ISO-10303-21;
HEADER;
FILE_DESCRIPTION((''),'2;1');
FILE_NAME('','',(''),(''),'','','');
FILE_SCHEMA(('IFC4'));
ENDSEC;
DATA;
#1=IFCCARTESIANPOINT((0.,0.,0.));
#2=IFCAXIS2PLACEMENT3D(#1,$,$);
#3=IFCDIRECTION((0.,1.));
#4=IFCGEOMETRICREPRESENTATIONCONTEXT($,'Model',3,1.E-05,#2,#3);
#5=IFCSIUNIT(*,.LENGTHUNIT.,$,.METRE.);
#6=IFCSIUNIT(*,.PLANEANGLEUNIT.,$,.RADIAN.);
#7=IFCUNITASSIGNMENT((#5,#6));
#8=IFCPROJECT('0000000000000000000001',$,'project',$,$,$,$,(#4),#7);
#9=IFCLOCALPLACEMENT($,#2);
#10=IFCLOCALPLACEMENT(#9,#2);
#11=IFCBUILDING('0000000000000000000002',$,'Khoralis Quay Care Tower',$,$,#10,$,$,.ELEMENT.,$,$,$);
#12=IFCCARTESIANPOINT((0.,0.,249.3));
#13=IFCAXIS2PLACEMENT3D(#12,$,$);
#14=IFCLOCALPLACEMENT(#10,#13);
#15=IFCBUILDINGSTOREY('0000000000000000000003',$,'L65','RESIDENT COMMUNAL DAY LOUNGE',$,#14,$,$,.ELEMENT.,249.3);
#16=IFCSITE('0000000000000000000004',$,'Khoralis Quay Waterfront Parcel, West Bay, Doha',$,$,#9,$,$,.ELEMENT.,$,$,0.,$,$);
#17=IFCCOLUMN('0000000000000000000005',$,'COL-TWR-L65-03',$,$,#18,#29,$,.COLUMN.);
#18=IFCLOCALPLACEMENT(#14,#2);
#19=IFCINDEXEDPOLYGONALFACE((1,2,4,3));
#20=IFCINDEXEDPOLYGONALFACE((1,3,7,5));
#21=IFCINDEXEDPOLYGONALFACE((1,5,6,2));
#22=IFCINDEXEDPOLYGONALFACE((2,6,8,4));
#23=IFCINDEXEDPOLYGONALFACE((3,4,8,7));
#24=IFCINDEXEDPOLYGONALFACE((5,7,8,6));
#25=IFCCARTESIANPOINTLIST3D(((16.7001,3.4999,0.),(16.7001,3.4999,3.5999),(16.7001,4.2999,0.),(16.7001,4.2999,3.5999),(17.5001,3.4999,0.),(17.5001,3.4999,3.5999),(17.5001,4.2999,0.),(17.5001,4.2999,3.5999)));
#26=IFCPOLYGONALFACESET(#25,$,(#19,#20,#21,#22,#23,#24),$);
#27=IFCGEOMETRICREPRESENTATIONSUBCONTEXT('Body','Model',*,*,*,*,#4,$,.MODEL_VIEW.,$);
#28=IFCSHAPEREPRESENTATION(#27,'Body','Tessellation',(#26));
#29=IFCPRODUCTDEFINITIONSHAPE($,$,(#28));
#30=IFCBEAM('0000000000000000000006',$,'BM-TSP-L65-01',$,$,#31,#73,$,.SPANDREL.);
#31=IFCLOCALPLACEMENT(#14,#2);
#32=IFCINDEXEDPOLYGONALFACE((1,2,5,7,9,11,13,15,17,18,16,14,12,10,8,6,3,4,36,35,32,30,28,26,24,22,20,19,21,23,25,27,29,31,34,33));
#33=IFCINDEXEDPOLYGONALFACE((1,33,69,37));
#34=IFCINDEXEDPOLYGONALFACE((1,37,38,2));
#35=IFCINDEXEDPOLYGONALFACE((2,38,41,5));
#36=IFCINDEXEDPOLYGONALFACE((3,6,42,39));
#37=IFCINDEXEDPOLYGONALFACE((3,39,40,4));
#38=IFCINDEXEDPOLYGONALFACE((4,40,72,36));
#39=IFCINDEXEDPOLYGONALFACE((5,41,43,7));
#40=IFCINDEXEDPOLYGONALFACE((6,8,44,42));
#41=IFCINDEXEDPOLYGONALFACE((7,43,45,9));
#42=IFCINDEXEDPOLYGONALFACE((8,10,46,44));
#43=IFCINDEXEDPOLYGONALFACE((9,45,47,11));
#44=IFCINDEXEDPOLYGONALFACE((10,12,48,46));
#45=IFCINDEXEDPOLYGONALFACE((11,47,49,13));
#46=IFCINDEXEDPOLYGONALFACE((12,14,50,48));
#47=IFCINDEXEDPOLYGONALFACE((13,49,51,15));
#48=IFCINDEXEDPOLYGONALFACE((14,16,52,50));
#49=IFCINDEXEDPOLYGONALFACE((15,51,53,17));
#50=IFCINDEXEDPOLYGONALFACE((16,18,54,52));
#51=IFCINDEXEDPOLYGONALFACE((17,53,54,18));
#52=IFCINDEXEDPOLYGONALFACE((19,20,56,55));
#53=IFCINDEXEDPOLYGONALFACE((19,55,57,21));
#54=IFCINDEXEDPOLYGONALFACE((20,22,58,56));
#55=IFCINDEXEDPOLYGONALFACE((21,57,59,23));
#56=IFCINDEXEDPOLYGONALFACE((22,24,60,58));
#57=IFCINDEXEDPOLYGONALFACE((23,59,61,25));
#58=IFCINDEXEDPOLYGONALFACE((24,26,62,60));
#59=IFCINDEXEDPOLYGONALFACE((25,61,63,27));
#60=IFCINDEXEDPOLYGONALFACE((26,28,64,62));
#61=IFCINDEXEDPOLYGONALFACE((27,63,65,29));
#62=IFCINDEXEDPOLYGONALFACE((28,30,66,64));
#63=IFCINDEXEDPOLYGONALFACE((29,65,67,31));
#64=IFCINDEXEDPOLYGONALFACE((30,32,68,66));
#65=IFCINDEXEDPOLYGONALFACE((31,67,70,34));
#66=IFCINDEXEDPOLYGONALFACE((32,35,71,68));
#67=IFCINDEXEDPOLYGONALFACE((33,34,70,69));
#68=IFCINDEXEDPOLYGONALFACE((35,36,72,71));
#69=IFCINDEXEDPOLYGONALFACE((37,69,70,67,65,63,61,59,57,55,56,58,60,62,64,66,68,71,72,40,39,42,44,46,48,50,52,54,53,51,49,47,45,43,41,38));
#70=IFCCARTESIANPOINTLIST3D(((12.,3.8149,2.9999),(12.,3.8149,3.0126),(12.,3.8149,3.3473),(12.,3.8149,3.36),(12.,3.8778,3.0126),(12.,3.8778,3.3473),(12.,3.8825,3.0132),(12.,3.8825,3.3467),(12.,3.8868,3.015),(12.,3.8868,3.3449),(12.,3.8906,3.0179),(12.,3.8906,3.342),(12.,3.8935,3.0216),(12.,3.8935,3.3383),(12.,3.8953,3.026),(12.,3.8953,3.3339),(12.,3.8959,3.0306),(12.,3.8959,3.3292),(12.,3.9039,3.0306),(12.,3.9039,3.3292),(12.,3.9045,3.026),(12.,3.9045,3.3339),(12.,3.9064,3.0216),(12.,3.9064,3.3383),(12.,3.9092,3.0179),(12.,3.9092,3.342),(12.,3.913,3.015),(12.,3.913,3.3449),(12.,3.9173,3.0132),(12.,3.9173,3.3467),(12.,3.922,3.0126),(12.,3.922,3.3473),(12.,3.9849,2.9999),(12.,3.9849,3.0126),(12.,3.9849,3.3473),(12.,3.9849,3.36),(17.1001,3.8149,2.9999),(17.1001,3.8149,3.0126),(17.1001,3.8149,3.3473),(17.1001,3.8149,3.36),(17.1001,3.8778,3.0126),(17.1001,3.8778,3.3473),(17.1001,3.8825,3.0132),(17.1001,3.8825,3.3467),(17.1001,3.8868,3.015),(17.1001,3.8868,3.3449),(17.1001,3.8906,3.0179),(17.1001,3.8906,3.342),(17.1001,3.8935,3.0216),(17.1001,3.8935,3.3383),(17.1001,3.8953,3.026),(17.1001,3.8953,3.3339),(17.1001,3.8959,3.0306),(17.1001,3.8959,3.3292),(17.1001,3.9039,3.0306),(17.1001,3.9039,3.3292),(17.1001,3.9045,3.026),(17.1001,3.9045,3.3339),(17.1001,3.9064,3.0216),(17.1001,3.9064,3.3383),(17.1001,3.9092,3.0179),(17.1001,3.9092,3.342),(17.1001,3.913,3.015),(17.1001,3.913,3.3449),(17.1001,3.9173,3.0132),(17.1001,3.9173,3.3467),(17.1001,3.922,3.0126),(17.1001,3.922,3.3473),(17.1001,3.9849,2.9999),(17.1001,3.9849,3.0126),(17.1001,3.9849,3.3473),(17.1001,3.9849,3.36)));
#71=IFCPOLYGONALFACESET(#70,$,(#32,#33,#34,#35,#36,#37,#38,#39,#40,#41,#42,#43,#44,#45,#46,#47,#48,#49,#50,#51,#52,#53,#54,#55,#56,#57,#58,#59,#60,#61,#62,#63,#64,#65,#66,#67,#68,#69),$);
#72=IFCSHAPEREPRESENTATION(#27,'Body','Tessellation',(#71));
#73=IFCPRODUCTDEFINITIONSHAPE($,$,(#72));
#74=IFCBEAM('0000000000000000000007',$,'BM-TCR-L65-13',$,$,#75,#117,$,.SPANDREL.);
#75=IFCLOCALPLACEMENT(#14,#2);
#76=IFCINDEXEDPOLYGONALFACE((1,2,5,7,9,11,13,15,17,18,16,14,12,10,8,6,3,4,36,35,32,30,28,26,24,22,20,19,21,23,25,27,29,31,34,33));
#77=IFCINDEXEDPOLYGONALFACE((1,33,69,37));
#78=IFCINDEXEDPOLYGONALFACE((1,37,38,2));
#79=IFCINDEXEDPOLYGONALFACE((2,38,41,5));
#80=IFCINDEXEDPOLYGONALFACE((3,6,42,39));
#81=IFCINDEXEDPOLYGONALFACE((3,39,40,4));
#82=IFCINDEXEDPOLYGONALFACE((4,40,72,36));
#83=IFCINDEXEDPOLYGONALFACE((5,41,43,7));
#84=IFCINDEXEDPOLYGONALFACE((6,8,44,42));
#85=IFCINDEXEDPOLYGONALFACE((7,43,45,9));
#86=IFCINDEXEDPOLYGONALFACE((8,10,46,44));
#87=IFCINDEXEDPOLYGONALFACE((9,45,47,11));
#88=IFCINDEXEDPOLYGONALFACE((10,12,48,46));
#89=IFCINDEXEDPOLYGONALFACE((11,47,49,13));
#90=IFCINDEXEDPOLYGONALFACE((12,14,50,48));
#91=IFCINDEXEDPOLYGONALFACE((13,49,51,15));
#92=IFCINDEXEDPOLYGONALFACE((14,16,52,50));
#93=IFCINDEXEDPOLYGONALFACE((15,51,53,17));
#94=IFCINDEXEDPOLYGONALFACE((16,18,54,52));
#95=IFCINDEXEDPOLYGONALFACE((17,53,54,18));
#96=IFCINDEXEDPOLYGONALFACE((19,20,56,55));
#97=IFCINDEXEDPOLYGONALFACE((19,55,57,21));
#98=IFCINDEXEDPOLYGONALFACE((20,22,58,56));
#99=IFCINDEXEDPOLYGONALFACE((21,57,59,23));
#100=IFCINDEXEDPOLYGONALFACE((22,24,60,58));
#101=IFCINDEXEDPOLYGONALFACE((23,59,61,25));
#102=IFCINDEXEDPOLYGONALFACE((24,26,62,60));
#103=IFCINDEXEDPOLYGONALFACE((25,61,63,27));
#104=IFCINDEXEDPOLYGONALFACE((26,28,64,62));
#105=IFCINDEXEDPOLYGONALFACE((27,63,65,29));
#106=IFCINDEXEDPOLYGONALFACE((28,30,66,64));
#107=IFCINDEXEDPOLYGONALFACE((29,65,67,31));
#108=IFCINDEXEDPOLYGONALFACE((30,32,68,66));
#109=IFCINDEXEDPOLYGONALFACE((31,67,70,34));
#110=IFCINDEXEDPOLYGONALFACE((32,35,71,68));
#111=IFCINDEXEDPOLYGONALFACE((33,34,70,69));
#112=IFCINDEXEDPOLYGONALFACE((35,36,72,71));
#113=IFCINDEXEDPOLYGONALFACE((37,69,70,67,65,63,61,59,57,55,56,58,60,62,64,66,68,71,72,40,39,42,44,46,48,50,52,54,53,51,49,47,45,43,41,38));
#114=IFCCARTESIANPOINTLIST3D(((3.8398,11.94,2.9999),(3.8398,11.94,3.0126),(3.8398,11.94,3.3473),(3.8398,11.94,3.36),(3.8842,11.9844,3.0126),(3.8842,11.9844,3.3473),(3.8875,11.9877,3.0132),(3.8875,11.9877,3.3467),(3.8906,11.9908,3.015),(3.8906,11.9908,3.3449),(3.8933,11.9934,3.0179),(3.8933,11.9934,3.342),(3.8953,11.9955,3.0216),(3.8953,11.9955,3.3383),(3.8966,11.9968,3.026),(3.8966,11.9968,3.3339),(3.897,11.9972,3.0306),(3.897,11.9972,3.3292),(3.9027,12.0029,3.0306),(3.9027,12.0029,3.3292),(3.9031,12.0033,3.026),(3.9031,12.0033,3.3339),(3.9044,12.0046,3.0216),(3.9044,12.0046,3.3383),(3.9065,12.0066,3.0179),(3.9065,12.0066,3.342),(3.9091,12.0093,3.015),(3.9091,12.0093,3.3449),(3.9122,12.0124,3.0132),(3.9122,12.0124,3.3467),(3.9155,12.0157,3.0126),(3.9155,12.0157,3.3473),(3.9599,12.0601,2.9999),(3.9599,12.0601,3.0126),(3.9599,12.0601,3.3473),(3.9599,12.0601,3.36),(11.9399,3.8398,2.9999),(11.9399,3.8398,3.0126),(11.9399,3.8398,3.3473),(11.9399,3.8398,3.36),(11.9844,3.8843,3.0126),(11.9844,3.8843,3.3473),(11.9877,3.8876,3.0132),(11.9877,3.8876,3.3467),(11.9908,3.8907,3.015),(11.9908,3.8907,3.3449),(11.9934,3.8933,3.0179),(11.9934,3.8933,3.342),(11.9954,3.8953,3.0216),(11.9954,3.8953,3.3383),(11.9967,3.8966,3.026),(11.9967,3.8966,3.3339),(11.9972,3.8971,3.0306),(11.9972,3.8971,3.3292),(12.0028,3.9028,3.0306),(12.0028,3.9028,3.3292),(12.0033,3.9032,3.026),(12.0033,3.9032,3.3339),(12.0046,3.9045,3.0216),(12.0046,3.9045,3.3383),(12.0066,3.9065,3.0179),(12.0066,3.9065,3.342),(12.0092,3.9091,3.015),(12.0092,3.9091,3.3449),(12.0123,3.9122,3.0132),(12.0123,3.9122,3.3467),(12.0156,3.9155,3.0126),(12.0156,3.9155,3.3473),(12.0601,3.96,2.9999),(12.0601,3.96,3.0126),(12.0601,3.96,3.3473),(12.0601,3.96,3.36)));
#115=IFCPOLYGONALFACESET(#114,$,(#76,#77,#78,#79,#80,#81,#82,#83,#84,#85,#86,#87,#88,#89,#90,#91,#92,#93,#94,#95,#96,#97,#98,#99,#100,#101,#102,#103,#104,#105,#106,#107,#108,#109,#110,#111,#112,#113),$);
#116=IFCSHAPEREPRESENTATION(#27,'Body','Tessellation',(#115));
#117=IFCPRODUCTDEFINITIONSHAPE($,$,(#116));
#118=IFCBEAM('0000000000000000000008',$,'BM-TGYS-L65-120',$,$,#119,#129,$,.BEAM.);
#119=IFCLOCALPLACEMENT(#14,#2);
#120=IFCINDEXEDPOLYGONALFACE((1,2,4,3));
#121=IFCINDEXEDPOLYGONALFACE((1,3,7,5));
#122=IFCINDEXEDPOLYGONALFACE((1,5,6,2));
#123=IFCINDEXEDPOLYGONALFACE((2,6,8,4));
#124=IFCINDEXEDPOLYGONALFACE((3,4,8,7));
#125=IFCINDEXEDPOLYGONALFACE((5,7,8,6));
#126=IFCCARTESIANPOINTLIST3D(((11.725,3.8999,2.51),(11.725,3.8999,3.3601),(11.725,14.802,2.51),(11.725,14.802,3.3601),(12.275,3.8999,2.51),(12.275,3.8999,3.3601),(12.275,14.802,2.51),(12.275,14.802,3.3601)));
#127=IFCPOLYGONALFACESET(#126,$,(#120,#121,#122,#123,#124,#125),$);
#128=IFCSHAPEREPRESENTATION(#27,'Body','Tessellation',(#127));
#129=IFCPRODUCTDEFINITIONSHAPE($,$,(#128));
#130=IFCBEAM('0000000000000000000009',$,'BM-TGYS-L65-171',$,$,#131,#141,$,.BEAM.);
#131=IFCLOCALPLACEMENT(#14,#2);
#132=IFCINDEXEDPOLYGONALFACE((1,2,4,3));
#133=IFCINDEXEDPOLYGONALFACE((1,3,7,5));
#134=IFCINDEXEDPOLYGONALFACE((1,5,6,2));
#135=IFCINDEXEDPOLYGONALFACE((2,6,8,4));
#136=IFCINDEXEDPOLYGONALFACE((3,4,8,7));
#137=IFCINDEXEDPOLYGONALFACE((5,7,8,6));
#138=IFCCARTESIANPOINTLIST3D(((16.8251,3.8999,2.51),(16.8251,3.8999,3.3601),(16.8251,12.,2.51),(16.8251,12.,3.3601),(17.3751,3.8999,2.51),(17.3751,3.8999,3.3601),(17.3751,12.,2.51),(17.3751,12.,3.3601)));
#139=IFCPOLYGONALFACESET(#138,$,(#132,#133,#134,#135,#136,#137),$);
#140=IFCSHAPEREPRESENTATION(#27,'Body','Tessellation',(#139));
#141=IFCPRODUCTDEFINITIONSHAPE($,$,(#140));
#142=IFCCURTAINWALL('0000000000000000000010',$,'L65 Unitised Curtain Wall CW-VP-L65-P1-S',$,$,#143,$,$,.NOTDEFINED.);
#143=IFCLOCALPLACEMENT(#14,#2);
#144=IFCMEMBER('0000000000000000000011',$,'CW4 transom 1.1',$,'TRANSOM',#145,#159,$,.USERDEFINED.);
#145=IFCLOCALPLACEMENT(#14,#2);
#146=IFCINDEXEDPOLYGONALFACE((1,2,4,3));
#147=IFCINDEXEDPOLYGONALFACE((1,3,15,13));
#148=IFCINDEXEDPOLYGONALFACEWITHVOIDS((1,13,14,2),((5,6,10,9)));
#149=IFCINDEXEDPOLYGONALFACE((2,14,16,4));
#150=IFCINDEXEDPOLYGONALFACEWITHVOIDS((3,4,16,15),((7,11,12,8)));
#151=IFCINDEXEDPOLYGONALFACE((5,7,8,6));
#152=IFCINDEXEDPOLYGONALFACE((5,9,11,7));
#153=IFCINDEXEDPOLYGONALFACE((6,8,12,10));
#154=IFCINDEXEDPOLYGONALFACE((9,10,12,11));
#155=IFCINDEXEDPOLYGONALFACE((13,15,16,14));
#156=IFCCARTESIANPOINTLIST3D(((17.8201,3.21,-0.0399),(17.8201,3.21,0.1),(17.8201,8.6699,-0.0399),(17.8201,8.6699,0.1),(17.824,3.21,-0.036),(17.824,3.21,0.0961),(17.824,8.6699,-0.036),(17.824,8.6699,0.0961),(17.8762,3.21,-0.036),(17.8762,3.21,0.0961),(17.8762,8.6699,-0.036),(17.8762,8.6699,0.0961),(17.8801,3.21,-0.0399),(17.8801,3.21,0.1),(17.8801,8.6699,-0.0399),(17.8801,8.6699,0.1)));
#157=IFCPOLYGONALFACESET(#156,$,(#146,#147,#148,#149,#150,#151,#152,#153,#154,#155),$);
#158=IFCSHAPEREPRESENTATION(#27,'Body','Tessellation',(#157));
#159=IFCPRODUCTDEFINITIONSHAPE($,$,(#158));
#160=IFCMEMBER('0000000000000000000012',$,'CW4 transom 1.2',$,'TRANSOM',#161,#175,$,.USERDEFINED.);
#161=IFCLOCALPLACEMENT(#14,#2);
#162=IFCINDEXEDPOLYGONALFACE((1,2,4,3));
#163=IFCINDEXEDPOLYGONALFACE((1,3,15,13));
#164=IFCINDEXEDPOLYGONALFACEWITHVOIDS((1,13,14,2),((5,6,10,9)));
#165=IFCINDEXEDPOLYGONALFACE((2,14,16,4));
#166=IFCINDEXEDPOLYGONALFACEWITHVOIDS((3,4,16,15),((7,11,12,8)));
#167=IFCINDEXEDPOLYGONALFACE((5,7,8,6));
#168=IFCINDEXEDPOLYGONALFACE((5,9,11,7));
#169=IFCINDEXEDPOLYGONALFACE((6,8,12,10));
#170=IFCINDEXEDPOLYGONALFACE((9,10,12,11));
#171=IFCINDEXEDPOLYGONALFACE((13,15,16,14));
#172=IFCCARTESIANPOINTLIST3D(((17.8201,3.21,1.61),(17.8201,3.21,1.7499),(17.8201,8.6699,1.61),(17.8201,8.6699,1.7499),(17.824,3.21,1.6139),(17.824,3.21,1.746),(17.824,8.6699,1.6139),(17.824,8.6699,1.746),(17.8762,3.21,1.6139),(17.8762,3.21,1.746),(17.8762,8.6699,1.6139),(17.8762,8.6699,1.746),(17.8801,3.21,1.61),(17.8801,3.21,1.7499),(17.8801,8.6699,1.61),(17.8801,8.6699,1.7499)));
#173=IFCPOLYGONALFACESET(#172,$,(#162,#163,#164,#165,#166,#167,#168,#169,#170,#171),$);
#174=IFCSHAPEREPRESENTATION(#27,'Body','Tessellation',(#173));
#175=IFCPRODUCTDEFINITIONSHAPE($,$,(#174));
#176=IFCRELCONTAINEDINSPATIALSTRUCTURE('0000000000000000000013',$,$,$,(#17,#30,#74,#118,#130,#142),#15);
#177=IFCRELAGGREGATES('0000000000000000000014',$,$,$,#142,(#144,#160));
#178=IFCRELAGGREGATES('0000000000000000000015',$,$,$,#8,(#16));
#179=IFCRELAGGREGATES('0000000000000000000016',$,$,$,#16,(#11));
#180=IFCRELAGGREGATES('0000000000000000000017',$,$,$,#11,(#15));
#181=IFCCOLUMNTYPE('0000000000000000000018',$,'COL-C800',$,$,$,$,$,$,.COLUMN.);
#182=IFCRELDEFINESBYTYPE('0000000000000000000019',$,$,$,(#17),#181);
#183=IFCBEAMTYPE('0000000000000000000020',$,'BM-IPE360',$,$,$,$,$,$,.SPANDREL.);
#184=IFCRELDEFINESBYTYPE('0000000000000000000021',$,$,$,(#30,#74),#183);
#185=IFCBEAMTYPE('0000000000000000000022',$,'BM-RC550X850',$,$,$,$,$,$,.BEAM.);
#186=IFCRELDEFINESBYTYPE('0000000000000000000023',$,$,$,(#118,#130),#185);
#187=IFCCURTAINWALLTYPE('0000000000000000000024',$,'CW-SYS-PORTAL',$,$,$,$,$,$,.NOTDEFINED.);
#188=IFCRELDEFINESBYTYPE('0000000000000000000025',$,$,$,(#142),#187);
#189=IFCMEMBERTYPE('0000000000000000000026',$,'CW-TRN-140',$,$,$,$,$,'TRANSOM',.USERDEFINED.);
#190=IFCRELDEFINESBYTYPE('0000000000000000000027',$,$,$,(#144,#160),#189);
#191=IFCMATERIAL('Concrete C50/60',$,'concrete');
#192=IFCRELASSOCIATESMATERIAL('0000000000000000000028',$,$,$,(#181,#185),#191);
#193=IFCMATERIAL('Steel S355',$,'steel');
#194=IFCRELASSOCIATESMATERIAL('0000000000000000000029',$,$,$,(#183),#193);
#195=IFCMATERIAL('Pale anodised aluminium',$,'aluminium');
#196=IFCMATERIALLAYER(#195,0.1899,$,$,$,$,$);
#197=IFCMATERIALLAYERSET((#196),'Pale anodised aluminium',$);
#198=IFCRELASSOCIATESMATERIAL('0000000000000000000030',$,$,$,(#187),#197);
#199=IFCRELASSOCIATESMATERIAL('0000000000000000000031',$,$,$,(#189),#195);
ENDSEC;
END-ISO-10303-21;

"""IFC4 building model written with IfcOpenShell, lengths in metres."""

from ifc_helpers import new_model, si_unit, direction, frame, origin, origin_2d, place, context, subcontext, project, spatial, rectangle, hollow_rectangle, i_section, extrude, source, transform, mapped, material, layer, layer_set, material_profile, profile_set, type_object, element, aggregate, save


model = new_model("IFC4")

# Units and contexts
model_context = context("Model", 3, precision=1e-05, world=origin(), true_north=direction((0.0, 1.0)))
body_context = subcontext(model_context, "Body", "Model", "MODEL_VIEW")
ifc_project = project(units=[si_unit("LENGTHUNIT", "METRE"), si_unit("PLANEANGLEUNIT", "RADIAN")], contexts=[model_context])

# Site, building, storey
site_placement = place(None, origin())
site = spatial("IfcSite", under=ifc_project, at=site_placement, Name="Khoralis Quay Waterfront Parcel, West Bay, Doha", CompositionType="ELEMENT", RefElevation=0.0)
building_placement = place(site_placement, origin())
building = spatial("IfcBuilding", under=site, at=building_placement, Name="Khoralis Quay Care Tower", CompositionType="ELEMENT")
storey_placement = place(building_placement, frame((0.0, 0.0, 249.3)))
storey = spatial("IfcBuildingStorey", under=building, at=storey_placement, Name="L65", Description="RESIDENT COMMUNAL DAY LOUNGE", CompositionType="ELEMENT", Elevation=249.3)

# Column
ifc_material_1 = material(Name="Concrete C50/60", Category="concrete")
ifc_material_profile_1 = material_profile(ifc_material_1, rectangle(XDim=0.8, YDim=0.8, at=origin_2d()), Name="Concrete C50/60")
ifc_profile_set_1 = profile_set([ifc_material_profile_1], Name="Concrete C50/60")
column_type = type_object("IfcColumnType", Name="COL-C800", PredefinedType="COLUMN", material=ifc_profile_set_1)
shared_shape_1 = source(origin(), body_context, "Body", "SweptSolid", [
    extrude(rectangle(XDim=0.8, YDim=0.8, at=origin_2d()), origin(), (0.0, 0.0, 1.0), 3.5999),
])
column_placement = place(storey_placement, frame((17.1001, 3.8999, 0.0), z_axis=(0.0, 0.0, 1.0), x_axis=(1.0, 0.0, 0.0)))
element("IfcColumn", 1, at=column_placement, inside=storey, type_object=column_type, Name="COL-TWR-L65-03", PredefinedType="COLUMN", context=body_context, shape_type="MappedRepresentation", body=[
    mapped(shared_shape_1, transform((0.0, 0.0, 0.0), scale=1.0)),
])

# Beams
ifc_material_2 = material(Name="Steel S355", Category="steel")
ifc_material_profile_2 = material_profile(ifc_material_2, i_section(OverallWidth=0.1699, OverallDepth=0.3601, WebThickness=0.0081, FlangeThickness=0.0127, FilletRadius=0.0181, at=origin_2d()), Name="Steel S355")
ifc_profile_set_2 = profile_set([ifc_material_profile_2], Name="Steel S355")
beam_type_1 = type_object("IfcBeamType", Name="BM-IPE360", PredefinedType="SPANDREL", material=ifc_profile_set_2)
shared_shape_2 = source(origin(), body_context, "Body", "SweptSolid", [
    extrude(i_section(OverallWidth=0.1699, OverallDepth=0.3601, WebThickness=0.0081, FlangeThickness=0.0127, FilletRadius=0.0181, at=origin_2d()), origin(), (0.0, 0.0, 1.0), 5.1001),
])
beam_1_placement = place(storey_placement, frame((12.0, 3.8999, 3.1799), z_axis=(1.0, 0.0, 0.0), x_axis=(0.0, 1.0, 0.0)))
element("IfcBeam", 2, at=beam_1_placement, inside=storey, type_object=beam_type_1, Name="BM-TSP-L65-01", PredefinedType="SPANDREL", context=body_context, shape_type="MappedRepresentation", body=[
    mapped(shared_shape_2, transform((0.0, 0.0, 0.0), scale=1.0)),
])
shared_shape_3 = source(origin(), body_context, "Body", "SweptSolid", [
    extrude(i_section(OverallWidth=0.1699, OverallDepth=0.3601, WebThickness=0.0081, FlangeThickness=0.0127, FilletRadius=0.0181, at=origin_2d()), origin(), (0.0, 0.0, 1.0), 11.4553),
])
beam_2_placement = place(storey_placement, frame((12.0, 3.8999, 3.1799), z_axis=(-0.707107, 0.707107, 0.0), x_axis=(-0.707107, -0.707107, 0.0)))
element("IfcBeam", 3, at=beam_2_placement, inside=storey, type_object=beam_type_1, Name="BM-TCR-L65-13", PredefinedType="SPANDREL", context=body_context, shape_type="MappedRepresentation", body=[
    mapped(shared_shape_3, transform((0.0, 0.0, 0.0), scale=1.0)),
])
ifc_material_profile_3 = material_profile(ifc_material_1, rectangle(XDim=0.55, YDim=0.8501, at=origin_2d()), Name="Concrete C50/60")
ifc_profile_set_3 = profile_set([ifc_material_profile_3], Name="Concrete C50/60")
beam_type_2 = type_object("IfcBeamType", Name="BM-RC550X850", PredefinedType="BEAM", material=ifc_profile_set_3)
shared_shape_4 = source(origin(), body_context, "Body", "SweptSolid", [
    extrude(rectangle(XDim=0.55, YDim=0.8501, at=origin_2d()), origin(), (0.0, 0.0, 1.0), 10.9021),
])
beam_3_placement = place(storey_placement, frame((12.0, 3.8999, 2.9351), z_axis=(0.0, 1.0, 0.0), x_axis=(-1.0, 0.0, 0.0)))
element("IfcBeam", 4, at=beam_3_placement, inside=storey, type_object=beam_type_2, Name="BM-TGYS-L65-120", PredefinedType="BEAM", context=body_context, shape_type="MappedRepresentation", body=[
    mapped(shared_shape_4, transform((0.0, 0.0, 0.0), scale=1.0)),
])
shared_shape_5 = source(origin(), body_context, "Body", "SweptSolid", [
    extrude(rectangle(XDim=0.55, YDim=0.8501, at=origin_2d()), origin(), (0.0, 0.0, 1.0), 8.1001),
])
beam_4_placement = place(storey_placement, frame((17.1001, 3.8999, 2.9351), z_axis=(0.0, 1.0, 0.0), x_axis=(-1.0, 0.0, 0.0)))
element("IfcBeam", 5, at=beam_4_placement, inside=storey, type_object=beam_type_2, Name="BM-TGYS-L65-171", PredefinedType="BEAM", context=body_context, shape_type="MappedRepresentation", body=[
    mapped(shared_shape_5, transform((0.0, 0.0, 0.0), scale=1.0)),
])

# Curtain wall, members
ifc_material_3 = material(Name="Pale anodised aluminium", Category="aluminium")
ifc_layer_1 = layer(ifc_material_3, 0.1899)
ifc_layer_set_1 = layer_set([ifc_layer_1], Name="Pale anodised aluminium")
curtain_wall_type = type_object("IfcCurtainWallType", Name="CW-SYS-PORTAL", PredefinedType="NOTDEFINED", material=ifc_layer_set_1)
curtain_wall_placement = place(storey_placement, origin())
curtain_wall = element("IfcCurtainWall", 6, at=curtain_wall_placement, inside=storey, type_object=curtain_wall_type, Name="L65 Unitised Curtain Wall CW-VP-L65-P1-S", PredefinedType="NOTDEFINED")
ifc_material_profile_4 = material_profile(ifc_material_3, hollow_rectangle(XDim=0.0601, YDim=0.1399, WallThickness=0.0039, at=origin_2d()), Name="Pale anodised aluminium")
ifc_profile_set_4 = profile_set([ifc_material_profile_4], Name="Pale anodised aluminium")
member_type_1 = type_object("IfcMemberType", Name="CW-TRN-140", ElementType="TRANSOM", PredefinedType="USERDEFINED", material=ifc_profile_set_4)
shared_shape_6 = source(origin(), body_context, "Body", "SweptSolid", [
    extrude(hollow_rectangle(XDim=0.0601, YDim=0.1399, WallThickness=0.0039, at=origin_2d()), origin(), (0.0, 0.0, 1.0), 5.46),
])
member_1_placement = place(storey_placement, frame((17.8501, 3.21, 0.03), z_axis=(0.0, 1.0, 0.0), x_axis=(-1.0, 0.0, 0.0)))
member_1 = element("IfcMember", 7, at=member_1_placement, type_object=member_type_1, Name="CW4 transom 1.1", ObjectType="TRANSOM", PredefinedType="USERDEFINED", context=body_context, shape_type="MappedRepresentation", body=[
    mapped(shared_shape_6, transform((0.0, 0.0, 0.0), scale=1.0)),
])
member_2_placement = place(storey_placement, frame((17.8501, 3.21, 1.6799), z_axis=(0.0, 1.0, 0.0), x_axis=(-1.0, 0.0, 0.0)))
member_2 = element("IfcMember", 8, at=member_2_placement, type_object=member_type_1, Name="CW4 transom 1.2", ObjectType="TRANSOM", PredefinedType="USERDEFINED", context=body_context, shape_type="MappedRepresentation", body=[
    mapped(shared_shape_6, transform((0.0, 0.0, 0.0), scale=1.0)),
])
aggregate(curtain_wall, [member_1, member_2])

save(model, "model.ifc")
